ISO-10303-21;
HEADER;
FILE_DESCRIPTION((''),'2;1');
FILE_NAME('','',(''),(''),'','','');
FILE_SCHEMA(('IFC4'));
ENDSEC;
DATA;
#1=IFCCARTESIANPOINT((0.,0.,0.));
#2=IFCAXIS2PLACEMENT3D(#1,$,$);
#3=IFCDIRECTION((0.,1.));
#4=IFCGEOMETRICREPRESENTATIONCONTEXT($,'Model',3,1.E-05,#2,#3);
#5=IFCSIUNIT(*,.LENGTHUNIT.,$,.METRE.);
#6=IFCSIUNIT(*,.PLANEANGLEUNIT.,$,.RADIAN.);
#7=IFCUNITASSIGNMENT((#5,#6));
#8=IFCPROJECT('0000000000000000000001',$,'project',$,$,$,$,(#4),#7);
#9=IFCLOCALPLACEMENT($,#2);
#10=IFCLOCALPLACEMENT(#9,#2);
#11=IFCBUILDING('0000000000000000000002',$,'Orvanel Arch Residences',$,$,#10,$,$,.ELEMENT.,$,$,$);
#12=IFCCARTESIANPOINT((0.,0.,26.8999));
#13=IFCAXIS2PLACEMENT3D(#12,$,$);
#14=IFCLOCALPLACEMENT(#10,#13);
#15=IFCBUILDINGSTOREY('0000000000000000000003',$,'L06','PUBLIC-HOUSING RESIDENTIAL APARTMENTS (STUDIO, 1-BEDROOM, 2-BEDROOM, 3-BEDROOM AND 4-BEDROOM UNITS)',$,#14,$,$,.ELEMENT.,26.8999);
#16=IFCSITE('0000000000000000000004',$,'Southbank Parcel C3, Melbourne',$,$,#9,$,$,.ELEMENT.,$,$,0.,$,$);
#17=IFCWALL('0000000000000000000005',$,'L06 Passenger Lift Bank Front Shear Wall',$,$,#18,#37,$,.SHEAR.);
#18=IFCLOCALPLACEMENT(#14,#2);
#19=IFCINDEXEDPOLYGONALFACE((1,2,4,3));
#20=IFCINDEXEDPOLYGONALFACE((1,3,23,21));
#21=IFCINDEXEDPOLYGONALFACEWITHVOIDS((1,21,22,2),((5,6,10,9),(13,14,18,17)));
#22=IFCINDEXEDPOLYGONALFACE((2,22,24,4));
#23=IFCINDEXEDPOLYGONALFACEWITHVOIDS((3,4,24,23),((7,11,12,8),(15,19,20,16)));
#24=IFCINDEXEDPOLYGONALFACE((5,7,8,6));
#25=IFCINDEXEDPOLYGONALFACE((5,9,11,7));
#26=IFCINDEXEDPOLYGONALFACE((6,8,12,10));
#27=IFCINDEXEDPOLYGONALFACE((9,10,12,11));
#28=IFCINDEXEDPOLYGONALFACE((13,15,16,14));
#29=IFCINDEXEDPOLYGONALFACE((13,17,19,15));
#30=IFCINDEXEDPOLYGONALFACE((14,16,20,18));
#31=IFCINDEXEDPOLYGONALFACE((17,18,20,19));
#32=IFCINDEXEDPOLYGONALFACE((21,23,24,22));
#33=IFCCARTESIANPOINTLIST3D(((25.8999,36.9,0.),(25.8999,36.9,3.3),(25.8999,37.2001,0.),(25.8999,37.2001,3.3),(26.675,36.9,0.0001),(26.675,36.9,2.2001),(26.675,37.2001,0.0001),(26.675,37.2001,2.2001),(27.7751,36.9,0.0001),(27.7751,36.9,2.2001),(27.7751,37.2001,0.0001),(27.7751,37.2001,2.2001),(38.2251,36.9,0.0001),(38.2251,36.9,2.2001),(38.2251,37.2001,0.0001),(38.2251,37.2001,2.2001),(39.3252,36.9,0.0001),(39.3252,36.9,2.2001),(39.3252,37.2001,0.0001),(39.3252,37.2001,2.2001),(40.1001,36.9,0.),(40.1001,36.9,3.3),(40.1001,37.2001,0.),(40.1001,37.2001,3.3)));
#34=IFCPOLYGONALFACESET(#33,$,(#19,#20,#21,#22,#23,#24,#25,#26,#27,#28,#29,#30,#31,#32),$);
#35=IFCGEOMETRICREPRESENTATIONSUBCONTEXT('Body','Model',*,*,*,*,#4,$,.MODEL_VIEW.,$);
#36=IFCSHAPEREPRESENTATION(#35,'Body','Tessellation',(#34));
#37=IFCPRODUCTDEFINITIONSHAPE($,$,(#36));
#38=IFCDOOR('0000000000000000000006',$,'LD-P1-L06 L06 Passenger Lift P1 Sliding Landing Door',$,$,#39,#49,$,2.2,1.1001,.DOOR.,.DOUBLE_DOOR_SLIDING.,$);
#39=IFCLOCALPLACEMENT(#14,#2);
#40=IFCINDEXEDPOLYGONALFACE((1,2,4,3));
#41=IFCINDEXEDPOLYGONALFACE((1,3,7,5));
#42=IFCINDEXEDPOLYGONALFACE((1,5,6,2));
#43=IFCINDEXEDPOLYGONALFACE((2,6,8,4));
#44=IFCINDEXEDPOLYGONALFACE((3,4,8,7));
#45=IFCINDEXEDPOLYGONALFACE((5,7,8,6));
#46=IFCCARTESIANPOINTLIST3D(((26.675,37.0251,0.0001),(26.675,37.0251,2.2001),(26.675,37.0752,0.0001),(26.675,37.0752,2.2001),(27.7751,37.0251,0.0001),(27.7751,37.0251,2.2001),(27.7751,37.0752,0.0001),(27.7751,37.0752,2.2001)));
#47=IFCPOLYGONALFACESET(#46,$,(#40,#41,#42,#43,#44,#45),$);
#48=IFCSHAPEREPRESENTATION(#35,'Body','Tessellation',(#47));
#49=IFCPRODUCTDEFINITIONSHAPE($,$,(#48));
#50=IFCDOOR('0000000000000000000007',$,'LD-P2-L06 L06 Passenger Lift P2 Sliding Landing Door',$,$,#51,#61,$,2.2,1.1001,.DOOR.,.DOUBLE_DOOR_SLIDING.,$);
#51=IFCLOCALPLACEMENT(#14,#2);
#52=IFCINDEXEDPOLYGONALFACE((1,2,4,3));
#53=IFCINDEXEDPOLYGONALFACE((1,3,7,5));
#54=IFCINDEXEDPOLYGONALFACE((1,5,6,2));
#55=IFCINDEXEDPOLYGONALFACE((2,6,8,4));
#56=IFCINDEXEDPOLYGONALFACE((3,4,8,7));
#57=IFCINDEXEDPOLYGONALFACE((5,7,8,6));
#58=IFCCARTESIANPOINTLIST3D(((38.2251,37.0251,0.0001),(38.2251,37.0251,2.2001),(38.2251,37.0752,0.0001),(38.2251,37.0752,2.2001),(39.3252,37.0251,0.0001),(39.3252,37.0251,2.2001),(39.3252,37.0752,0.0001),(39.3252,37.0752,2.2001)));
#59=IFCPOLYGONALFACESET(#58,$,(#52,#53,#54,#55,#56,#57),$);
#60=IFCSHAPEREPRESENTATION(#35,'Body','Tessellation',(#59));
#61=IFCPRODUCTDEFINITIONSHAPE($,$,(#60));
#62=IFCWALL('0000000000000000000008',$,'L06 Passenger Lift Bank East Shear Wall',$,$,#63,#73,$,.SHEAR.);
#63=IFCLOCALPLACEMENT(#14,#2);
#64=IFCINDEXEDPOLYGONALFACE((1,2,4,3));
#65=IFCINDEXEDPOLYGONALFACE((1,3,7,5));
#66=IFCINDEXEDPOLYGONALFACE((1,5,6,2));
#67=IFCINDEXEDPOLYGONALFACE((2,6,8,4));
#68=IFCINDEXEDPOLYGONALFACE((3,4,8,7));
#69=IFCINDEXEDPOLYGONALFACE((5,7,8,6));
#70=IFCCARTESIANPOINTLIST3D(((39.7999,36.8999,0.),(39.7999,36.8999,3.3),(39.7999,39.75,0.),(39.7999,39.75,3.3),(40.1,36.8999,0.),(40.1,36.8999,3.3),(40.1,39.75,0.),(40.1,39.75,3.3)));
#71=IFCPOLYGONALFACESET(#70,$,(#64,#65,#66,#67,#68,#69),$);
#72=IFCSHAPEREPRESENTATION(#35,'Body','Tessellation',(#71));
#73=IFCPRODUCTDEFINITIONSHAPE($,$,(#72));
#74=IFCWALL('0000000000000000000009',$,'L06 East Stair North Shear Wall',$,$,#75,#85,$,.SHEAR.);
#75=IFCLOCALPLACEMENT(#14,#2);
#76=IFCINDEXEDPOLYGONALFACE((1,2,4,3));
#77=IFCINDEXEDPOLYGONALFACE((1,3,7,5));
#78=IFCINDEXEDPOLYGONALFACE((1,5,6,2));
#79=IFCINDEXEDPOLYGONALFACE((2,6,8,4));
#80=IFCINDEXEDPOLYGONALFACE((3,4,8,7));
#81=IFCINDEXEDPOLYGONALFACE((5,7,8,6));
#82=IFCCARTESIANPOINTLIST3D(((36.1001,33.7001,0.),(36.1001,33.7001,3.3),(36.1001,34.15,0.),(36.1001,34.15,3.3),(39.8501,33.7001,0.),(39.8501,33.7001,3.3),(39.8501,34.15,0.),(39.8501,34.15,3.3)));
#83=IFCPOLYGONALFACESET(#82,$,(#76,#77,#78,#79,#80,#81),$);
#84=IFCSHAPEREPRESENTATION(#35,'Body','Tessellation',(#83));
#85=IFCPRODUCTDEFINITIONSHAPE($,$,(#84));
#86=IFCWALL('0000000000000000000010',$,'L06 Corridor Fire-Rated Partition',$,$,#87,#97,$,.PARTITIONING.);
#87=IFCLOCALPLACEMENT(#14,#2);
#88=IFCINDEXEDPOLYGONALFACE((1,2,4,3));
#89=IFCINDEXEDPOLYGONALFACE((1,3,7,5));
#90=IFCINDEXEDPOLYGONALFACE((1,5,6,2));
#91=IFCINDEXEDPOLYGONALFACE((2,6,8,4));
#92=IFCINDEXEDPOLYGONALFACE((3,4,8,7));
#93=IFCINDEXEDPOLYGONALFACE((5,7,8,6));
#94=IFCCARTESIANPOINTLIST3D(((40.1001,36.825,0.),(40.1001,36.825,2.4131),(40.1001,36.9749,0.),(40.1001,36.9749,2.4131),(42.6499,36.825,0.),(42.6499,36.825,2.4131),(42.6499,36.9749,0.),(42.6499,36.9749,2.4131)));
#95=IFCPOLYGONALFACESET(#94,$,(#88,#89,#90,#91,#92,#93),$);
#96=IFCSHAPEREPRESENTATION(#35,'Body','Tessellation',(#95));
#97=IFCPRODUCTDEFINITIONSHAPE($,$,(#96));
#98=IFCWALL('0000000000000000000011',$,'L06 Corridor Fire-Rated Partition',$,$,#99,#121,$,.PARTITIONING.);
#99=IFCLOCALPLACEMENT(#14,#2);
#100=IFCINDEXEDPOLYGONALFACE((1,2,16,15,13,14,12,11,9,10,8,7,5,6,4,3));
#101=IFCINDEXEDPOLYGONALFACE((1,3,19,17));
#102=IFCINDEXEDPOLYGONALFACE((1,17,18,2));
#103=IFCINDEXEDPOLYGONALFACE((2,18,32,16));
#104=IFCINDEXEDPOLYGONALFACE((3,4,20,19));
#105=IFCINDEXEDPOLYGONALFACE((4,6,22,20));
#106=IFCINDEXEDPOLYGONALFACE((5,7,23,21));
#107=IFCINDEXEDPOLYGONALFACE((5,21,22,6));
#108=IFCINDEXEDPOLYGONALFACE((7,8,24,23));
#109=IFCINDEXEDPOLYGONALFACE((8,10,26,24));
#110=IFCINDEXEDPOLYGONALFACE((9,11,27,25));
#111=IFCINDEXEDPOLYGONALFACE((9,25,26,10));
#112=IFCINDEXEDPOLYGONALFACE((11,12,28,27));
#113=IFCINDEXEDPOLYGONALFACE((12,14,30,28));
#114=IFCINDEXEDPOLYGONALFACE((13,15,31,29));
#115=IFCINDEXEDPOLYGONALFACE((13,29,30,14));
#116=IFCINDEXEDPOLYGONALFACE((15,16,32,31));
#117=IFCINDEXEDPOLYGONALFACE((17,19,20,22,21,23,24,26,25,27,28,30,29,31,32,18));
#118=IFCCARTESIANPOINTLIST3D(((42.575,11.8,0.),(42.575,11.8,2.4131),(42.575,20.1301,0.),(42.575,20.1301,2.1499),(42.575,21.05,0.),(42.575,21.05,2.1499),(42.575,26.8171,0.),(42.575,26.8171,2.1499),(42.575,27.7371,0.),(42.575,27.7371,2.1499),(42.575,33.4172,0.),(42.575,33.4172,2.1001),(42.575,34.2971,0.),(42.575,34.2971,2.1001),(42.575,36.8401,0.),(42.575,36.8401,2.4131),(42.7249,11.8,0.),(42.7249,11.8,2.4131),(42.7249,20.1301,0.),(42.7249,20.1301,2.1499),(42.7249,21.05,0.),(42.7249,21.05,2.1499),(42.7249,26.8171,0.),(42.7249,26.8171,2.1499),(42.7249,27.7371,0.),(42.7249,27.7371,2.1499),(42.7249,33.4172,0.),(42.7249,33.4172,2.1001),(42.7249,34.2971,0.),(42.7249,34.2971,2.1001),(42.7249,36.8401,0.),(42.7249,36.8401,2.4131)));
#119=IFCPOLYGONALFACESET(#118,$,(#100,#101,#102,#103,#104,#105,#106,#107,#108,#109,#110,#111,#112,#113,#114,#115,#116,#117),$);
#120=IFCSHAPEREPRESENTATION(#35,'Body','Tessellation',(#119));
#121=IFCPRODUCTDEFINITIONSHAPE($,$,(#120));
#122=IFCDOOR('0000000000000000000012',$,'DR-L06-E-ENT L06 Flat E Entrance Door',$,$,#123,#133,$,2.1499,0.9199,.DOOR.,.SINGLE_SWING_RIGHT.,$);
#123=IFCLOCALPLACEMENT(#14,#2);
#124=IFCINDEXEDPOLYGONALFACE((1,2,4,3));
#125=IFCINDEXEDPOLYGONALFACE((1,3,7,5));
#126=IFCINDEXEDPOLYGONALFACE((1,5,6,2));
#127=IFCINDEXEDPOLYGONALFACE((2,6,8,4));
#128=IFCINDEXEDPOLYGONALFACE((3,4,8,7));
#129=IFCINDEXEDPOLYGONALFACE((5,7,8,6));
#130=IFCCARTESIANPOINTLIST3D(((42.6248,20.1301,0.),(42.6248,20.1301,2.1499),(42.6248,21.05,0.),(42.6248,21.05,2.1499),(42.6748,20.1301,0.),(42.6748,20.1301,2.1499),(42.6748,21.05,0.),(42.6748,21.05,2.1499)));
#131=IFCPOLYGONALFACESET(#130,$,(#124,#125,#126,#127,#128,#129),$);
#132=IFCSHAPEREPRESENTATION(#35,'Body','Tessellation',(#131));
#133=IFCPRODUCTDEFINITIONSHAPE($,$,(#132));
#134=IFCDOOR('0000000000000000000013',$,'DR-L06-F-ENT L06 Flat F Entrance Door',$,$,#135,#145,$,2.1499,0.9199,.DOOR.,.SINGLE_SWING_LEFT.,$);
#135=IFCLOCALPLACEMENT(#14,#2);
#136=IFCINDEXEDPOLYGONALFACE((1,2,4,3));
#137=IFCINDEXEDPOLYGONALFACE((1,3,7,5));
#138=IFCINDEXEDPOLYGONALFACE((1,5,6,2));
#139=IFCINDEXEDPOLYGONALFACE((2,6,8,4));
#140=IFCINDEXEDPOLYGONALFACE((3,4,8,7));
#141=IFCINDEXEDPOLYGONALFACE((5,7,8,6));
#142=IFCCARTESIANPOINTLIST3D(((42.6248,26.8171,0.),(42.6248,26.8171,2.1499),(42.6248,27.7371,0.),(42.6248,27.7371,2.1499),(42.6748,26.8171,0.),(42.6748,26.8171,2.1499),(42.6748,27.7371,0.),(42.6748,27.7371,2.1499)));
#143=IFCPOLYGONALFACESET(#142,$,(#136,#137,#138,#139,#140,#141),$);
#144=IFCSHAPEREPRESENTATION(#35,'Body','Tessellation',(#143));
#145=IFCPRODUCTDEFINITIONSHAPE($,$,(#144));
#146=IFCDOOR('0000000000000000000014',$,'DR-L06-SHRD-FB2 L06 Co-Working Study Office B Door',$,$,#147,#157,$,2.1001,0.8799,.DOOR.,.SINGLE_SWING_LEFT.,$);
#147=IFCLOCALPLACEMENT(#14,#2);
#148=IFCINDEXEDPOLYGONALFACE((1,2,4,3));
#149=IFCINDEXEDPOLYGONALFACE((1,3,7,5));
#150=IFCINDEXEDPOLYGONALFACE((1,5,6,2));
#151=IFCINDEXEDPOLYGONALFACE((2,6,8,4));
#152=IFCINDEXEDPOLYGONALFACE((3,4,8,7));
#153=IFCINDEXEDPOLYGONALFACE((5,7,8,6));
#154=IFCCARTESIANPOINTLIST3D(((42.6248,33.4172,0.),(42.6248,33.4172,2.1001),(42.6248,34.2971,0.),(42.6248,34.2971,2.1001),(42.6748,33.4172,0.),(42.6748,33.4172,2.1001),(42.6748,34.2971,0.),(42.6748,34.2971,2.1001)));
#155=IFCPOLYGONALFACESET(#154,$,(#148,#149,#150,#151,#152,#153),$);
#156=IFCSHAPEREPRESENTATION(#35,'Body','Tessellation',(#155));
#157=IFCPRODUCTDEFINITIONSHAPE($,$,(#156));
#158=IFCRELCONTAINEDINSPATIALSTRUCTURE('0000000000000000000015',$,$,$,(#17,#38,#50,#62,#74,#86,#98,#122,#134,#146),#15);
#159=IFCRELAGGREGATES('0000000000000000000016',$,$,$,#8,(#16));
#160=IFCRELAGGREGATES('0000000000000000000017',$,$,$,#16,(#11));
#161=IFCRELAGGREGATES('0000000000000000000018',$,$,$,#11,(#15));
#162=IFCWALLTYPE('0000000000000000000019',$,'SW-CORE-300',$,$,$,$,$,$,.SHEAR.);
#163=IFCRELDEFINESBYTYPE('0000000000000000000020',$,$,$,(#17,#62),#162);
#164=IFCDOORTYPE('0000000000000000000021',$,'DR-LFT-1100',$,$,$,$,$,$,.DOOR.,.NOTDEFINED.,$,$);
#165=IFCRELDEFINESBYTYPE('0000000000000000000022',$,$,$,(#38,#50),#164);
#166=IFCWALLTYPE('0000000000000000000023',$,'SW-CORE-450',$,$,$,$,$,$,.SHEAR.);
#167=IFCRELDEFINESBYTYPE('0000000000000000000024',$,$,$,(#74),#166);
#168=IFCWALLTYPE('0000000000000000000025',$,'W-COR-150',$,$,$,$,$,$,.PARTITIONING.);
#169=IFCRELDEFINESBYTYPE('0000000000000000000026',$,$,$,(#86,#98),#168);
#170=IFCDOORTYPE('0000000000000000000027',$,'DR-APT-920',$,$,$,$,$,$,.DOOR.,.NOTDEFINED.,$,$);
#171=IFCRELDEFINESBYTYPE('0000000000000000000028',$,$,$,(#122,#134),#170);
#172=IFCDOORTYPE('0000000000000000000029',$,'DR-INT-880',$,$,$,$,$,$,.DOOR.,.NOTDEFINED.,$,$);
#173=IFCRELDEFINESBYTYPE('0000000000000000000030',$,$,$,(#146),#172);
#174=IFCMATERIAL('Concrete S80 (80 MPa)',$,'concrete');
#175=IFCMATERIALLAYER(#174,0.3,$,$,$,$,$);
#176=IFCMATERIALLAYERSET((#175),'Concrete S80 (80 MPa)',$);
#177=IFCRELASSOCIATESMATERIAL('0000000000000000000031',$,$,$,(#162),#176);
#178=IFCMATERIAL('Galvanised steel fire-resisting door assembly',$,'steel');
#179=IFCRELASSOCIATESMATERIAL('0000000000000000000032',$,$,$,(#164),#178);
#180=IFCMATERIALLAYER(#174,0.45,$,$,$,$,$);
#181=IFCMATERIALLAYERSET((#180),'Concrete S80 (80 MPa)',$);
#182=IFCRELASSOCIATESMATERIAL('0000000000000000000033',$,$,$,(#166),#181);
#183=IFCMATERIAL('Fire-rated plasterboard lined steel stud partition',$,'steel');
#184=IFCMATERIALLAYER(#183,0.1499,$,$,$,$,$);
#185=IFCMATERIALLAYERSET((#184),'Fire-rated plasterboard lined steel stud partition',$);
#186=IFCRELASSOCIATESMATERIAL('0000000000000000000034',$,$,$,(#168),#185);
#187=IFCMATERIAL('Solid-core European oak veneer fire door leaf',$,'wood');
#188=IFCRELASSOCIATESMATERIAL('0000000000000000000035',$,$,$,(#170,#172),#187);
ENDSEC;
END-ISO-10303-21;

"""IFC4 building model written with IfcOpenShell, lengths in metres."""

from ifc_helpers import new_model, si_unit, direction, frame, frame_2d, origin, place, context, subcontext, project, spatial, rectangle, extrude, material, layer, layer_set, type_object, element, fill, save


model = new_model("IFC4")

# Units and contexts
model_context = context("Model", 3, precision=1e-05, world=origin(), true_north=direction((0.0, 1.0)))
body_context = subcontext(model_context, "Body", "Model", "MODEL_VIEW")
ifc_project = project(units=[si_unit("LENGTHUNIT", "METRE"), si_unit("PLANEANGLEUNIT", "RADIAN")], contexts=[model_context])

# Site, building, storey
site_placement = place(None, origin())
site = spatial("IfcSite", under=ifc_project, at=site_placement, Name="Southbank Parcel C3, Melbourne", CompositionType="ELEMENT", RefElevation=0.0)
building_placement = place(site_placement, origin())
building = spatial("IfcBuilding", under=site, at=building_placement, Name="Orvanel Arch Residences", CompositionType="ELEMENT")
storey_placement = place(building_placement, frame((0.0, 0.0, 26.8999)))
storey = spatial("IfcBuildingStorey", under=building, at=storey_placement, Name="L06", Description="PUBLIC-HOUSING RESIDENTIAL APARTMENTS (STUDIO, 1-BEDROOM, 2-BEDROOM, 3-BEDROOM AND 4-BEDROOM UNITS)", CompositionType="ELEMENT", Elevation=26.8999)

# Wall, openings, doors
ifc_material_1 = material(Name="Concrete S80 (80 MPa)", Category="concrete")
ifc_layer_1 = layer(ifc_material_1, 0.3)
ifc_layer_set_1 = layer_set([ifc_layer_1], Name="Concrete S80 (80 MPa)")
wall_type_1 = type_object("IfcWallType", Name="SW-CORE-300", PredefinedType="SHEAR", material=ifc_layer_set_1)
wall_1_placement = place(storey_placement, frame((40.1001, 37.05, 0.0), z_axis=(0.0, 0.0, 1.0), x_axis=(-1.0, 0.0, 0.0)))
wall_1 = element("IfcWall", 1, at=wall_1_placement, inside=storey, type_object=wall_type_1, Name="L06 Passenger Lift Bank Front Shear Wall", PredefinedType="SHEAR", context=body_context, shape_type="SweptSolid", body=[
    extrude(rectangle(XDim=14.2002, YDim=0.3, at=frame_2d((7.1001, 0.0))), origin(), (0.0, 0.0, 1.0), 3.3),
])
opening_1_placement = place(wall_1_placement, frame((12.325, 0.0, 0.0)))
opening_1 = element("IfcOpeningElement", 2, at=opening_1_placement, cuts=wall_1, PredefinedType="OPENING", context=body_context, shape_type="SweptSolid", body=[
    extrude(rectangle(XDim=1.1001, YDim=2.2, at=frame_2d((0.55, 1.1001))), frame((0.0, 0.1599, 0.0), z_axis=(0.0, -1.0, 0.0), x_axis=(1.0, 0.0, 0.0)), (0.0, 0.0, 1.0), 0.3201),
])
opening_2_placement = place(wall_1_placement, frame((0.7749, 0.0, 0.0)))
opening_2 = element("IfcOpeningElement", 3, at=opening_2_placement, cuts=wall_1, PredefinedType="OPENING", context=body_context, shape_type="SweptSolid", body=[
    extrude(rectangle(XDim=1.1001, YDim=2.2, at=frame_2d((0.55, 1.1001))), frame((0.0, 0.1599, 0.0), z_axis=(0.0, -1.0, 0.0), x_axis=(1.0, 0.0, 0.0)), (0.0, 0.0, 1.0), 0.3201),
])
ifc_material_2 = material(Name="Galvanised steel fire-resisting door assembly", Category="steel")
door_type_1 = type_object("IfcDoorType", Name="DR-LFT-1100", OperationType="NOTDEFINED", PredefinedType="DOOR", material=ifc_material_2)
door_1_placement = place(opening_1_placement, origin())
door_1 = element("IfcDoor", 4, at=door_1_placement, inside=storey, type_object=door_type_1, Name="LD-P1-L06 L06 Passenger Lift P1 Sliding Landing Door", OperationType="DOUBLE_DOOR_SLIDING", OverallHeight=2.2, OverallWidth=1.1001, PredefinedType="DOOR", context=body_context, shape_type="SweptSolid", body=[
    extrude(rectangle(XDim=1.1001, YDim=2.2, at=frame_2d((0.55, 1.1001))), frame((0.0, 0.0249, 0.0), z_axis=(0.0, -1.0, 0.0), x_axis=(1.0, 0.0, 0.0)), (0.0, 0.0, 1.0), 0.05),
])
fill(opening_1, door_1)
door_2_placement = place(opening_2_placement, origin())
door_2 = element("IfcDoor", 5, at=door_2_placement, inside=storey, type_object=door_type_1, Name="LD-P2-L06 L06 Passenger Lift P2 Sliding Landing Door", OperationType="DOUBLE_DOOR_SLIDING", OverallHeight=2.2, OverallWidth=1.1001, PredefinedType="DOOR", context=body_context, shape_type="SweptSolid", body=[
    extrude(rectangle(XDim=1.1001, YDim=2.2, at=frame_2d((0.55, 1.1001))), frame((0.0, 0.0249, 0.0), z_axis=(0.0, -1.0, 0.0), x_axis=(1.0, 0.0, 0.0)), (0.0, 0.0, 1.0), 0.05),
])
fill(opening_2, door_2)

# Walls
wall_2_placement = place(storey_placement, frame((39.95, 36.8999, 0.0), z_axis=(0.0, 0.0, 1.0), x_axis=(0.0, 1.0, 0.0)))
element("IfcWall", 6, at=wall_2_placement, inside=storey, type_object=wall_type_1, Name="L06 Passenger Lift Bank East Shear Wall", PredefinedType="SHEAR", context=body_context, shape_type="SweptSolid", body=[
    extrude(rectangle(XDim=2.8501, YDim=0.3, at=frame_2d((1.425, 0.0))), origin(), (0.0, 0.0, 1.0), 3.3),
])
ifc_layer_2 = layer(ifc_material_1, 0.45)
ifc_layer_set_2 = layer_set([ifc_layer_2], Name="Concrete S80 (80 MPa)")
wall_type_2 = type_object("IfcWallType", Name="SW-CORE-450", PredefinedType="SHEAR", material=ifc_layer_set_2)
wall_3_placement = place(storey_placement, frame((36.1001, 33.925, 0.0), z_axis=(0.0, 0.0, 1.0), x_axis=(1.0, 0.0, 0.0)))
element("IfcWall", 7, at=wall_3_placement, inside=storey, type_object=wall_type_2, Name="L06 East Stair North Shear Wall", PredefinedType="SHEAR", context=body_context, shape_type="SweptSolid", body=[
    extrude(rectangle(XDim=3.75, YDim=0.45, at=frame_2d((1.875, 0.0))), origin(), (0.0, 0.0, 1.0), 3.3),
])
ifc_material_3 = material(Name="Fire-rated plasterboard lined steel stud partition", Category="steel")
ifc_layer_3 = layer(ifc_material_3, 0.1499)
ifc_layer_set_3 = layer_set([ifc_layer_3], Name="Fire-rated plasterboard lined steel stud partition")
wall_type_3 = type_object("IfcWallType", Name="W-COR-150", PredefinedType="PARTITIONING", material=ifc_layer_set_3)
wall_4_placement = place(storey_placement, frame((40.1001, 36.8999, 0.0), z_axis=(0.0, 0.0, 1.0), x_axis=(1.0, 0.0, 0.0)))
element("IfcWall", 8, at=wall_4_placement, inside=storey, type_object=wall_type_3, Name="L06 Corridor Fire-Rated Partition", PredefinedType="PARTITIONING", context=body_context, shape_type="SweptSolid", body=[
    extrude(rectangle(XDim=2.5498, YDim=0.1499, at=frame_2d((1.2749, 0.0))), origin(), (0.0, 0.0, 1.0), 2.4131),
])

# Wall, openings, doors
wall_5_placement = place(storey_placement, frame((42.6499, 36.8401, 0.0), z_axis=(0.0, 0.0, 1.0), x_axis=(0.0, -1.0, 0.0)))
wall_5 = element("IfcWall", 9, at=wall_5_placement, inside=storey, type_object=wall_type_3, Name="L06 Corridor Fire-Rated Partition", PredefinedType="PARTITIONING", context=body_context, shape_type="SweptSolid", body=[
    extrude(rectangle(XDim=25.04, YDim=0.1499, at=frame_2d((12.52, 0.0))), origin(), (0.0, 0.0, 1.0), 2.4131),
])
opening_3_placement = place(wall_5_placement, frame((2.543, 0.0, 0.0)))
opening_3 = element("IfcOpeningElement", 10, at=opening_3_placement, cuts=wall_5, PredefinedType="OPENING", context=body_context, shape_type="SweptSolid", body=[
    extrude(rectangle(XDim=0.8799, YDim=2.1001, at=frame_2d((0.4399, 1.05))), frame((0.0, 0.085, 0.0), z_axis=(0.0, -1.0, 0.0), x_axis=(1.0, 0.0, 0.0)), (0.0, 0.0, 1.0), 0.1699),
])
opening_4_placement = place(wall_5_placement, frame((15.79, 0.0, 0.0)))
opening_4 = element("IfcOpeningElement", 11, at=opening_4_placement, cuts=wall_5, PredefinedType="OPENING", context=body_context, shape_type="SweptSolid", body=[
    extrude(rectangle(XDim=0.9199, YDim=2.1499, at=frame_2d((0.46, 1.075))), frame((0.0, 0.085, 0.0), z_axis=(0.0, -1.0, 0.0), x_axis=(1.0, 0.0, 0.0)), (0.0, 0.0, 1.0), 0.1699),
])
opening_5_placement = place(wall_5_placement, frame((9.103, 0.0, 0.0)))
opening_5 = element("IfcOpeningElement", 12, at=opening_5_placement, cuts=wall_5, PredefinedType="OPENING", context=body_context, shape_type="SweptSolid", body=[
    extrude(rectangle(XDim=0.9199, YDim=2.1499, at=frame_2d((0.46, 1.075))), frame((0.0, 0.085, 0.0), z_axis=(0.0, -1.0, 0.0), x_axis=(1.0, 0.0, 0.0)), (0.0, 0.0, 1.0), 0.1699),
])
ifc_material_4 = material(Name="Solid-core European oak veneer fire door leaf", Category="wood")
door_type_2 = type_object("IfcDoorType", Name="DR-APT-920", OperationType="NOTDEFINED", PredefinedType="DOOR", material=ifc_material_4)
door_3_placement = place(opening_4_placement, origin())
door_3 = element("IfcDoor", 13, at=door_3_placement, inside=storey, type_object=door_type_2, Name="DR-L06-E-ENT L06 Flat E Entrance Door", OperationType="SINGLE_SWING_RIGHT", OverallHeight=2.1499, OverallWidth=0.9199, PredefinedType="DOOR", context=body_context, shape_type="SweptSolid", body=[
    extrude(rectangle(XDim=0.9199, YDim=2.1499, at=frame_2d((0.46, 1.075))), frame((0.0, 0.0249, 0.0), z_axis=(0.0, -1.0, 0.0), x_axis=(1.0, 0.0, 0.0)), (0.0, 0.0, 1.0), 0.05),
])
fill(opening_4, door_3)
door_4_placement = place(opening_5_placement, origin())
door_4 = element("IfcDoor", 14, at=door_4_placement, inside=storey, type_object=door_type_2, Name="DR-L06-F-ENT L06 Flat F Entrance Door", OperationType="SINGLE_SWING_LEFT", OverallHeight=2.1499, OverallWidth=0.9199, PredefinedType="DOOR", context=body_context, shape_type="SweptSolid", body=[
    extrude(rectangle(XDim=0.9199, YDim=2.1499, at=frame_2d((0.46, 1.075))), frame((0.0, 0.0249, 0.0), z_axis=(0.0, -1.0, 0.0), x_axis=(1.0, 0.0, 0.0)), (0.0, 0.0, 1.0), 0.05),
])
fill(opening_5, door_4)
door_type_3 = type_object("IfcDoorType", Name="DR-INT-880", OperationType="NOTDEFINED", PredefinedType="DOOR", material=ifc_material_4)
door_5_placement = place(opening_3_placement, origin())
door_5 = element("IfcDoor", 15, at=door_5_placement, inside=storey, type_object=door_type_3, Name="DR-L06-SHRD-FB2 L06 Co-Working Study Office B Door", OperationType="SINGLE_SWING_LEFT", OverallHeight=2.1001, OverallWidth=0.8799, PredefinedType="DOOR", context=body_context, shape_type="SweptSolid", body=[
    extrude(rectangle(XDim=0.8799, YDim=2.1001, at=frame_2d((0.4399, 1.05))), frame((0.0, 0.0249, 0.0), z_axis=(0.0, -1.0, 0.0), x_axis=(1.0, 0.0, 0.0)), (0.0, 0.0, 1.0), 0.05),
])
fill(opening_3, door_5)

save(model, "model.ifc")
